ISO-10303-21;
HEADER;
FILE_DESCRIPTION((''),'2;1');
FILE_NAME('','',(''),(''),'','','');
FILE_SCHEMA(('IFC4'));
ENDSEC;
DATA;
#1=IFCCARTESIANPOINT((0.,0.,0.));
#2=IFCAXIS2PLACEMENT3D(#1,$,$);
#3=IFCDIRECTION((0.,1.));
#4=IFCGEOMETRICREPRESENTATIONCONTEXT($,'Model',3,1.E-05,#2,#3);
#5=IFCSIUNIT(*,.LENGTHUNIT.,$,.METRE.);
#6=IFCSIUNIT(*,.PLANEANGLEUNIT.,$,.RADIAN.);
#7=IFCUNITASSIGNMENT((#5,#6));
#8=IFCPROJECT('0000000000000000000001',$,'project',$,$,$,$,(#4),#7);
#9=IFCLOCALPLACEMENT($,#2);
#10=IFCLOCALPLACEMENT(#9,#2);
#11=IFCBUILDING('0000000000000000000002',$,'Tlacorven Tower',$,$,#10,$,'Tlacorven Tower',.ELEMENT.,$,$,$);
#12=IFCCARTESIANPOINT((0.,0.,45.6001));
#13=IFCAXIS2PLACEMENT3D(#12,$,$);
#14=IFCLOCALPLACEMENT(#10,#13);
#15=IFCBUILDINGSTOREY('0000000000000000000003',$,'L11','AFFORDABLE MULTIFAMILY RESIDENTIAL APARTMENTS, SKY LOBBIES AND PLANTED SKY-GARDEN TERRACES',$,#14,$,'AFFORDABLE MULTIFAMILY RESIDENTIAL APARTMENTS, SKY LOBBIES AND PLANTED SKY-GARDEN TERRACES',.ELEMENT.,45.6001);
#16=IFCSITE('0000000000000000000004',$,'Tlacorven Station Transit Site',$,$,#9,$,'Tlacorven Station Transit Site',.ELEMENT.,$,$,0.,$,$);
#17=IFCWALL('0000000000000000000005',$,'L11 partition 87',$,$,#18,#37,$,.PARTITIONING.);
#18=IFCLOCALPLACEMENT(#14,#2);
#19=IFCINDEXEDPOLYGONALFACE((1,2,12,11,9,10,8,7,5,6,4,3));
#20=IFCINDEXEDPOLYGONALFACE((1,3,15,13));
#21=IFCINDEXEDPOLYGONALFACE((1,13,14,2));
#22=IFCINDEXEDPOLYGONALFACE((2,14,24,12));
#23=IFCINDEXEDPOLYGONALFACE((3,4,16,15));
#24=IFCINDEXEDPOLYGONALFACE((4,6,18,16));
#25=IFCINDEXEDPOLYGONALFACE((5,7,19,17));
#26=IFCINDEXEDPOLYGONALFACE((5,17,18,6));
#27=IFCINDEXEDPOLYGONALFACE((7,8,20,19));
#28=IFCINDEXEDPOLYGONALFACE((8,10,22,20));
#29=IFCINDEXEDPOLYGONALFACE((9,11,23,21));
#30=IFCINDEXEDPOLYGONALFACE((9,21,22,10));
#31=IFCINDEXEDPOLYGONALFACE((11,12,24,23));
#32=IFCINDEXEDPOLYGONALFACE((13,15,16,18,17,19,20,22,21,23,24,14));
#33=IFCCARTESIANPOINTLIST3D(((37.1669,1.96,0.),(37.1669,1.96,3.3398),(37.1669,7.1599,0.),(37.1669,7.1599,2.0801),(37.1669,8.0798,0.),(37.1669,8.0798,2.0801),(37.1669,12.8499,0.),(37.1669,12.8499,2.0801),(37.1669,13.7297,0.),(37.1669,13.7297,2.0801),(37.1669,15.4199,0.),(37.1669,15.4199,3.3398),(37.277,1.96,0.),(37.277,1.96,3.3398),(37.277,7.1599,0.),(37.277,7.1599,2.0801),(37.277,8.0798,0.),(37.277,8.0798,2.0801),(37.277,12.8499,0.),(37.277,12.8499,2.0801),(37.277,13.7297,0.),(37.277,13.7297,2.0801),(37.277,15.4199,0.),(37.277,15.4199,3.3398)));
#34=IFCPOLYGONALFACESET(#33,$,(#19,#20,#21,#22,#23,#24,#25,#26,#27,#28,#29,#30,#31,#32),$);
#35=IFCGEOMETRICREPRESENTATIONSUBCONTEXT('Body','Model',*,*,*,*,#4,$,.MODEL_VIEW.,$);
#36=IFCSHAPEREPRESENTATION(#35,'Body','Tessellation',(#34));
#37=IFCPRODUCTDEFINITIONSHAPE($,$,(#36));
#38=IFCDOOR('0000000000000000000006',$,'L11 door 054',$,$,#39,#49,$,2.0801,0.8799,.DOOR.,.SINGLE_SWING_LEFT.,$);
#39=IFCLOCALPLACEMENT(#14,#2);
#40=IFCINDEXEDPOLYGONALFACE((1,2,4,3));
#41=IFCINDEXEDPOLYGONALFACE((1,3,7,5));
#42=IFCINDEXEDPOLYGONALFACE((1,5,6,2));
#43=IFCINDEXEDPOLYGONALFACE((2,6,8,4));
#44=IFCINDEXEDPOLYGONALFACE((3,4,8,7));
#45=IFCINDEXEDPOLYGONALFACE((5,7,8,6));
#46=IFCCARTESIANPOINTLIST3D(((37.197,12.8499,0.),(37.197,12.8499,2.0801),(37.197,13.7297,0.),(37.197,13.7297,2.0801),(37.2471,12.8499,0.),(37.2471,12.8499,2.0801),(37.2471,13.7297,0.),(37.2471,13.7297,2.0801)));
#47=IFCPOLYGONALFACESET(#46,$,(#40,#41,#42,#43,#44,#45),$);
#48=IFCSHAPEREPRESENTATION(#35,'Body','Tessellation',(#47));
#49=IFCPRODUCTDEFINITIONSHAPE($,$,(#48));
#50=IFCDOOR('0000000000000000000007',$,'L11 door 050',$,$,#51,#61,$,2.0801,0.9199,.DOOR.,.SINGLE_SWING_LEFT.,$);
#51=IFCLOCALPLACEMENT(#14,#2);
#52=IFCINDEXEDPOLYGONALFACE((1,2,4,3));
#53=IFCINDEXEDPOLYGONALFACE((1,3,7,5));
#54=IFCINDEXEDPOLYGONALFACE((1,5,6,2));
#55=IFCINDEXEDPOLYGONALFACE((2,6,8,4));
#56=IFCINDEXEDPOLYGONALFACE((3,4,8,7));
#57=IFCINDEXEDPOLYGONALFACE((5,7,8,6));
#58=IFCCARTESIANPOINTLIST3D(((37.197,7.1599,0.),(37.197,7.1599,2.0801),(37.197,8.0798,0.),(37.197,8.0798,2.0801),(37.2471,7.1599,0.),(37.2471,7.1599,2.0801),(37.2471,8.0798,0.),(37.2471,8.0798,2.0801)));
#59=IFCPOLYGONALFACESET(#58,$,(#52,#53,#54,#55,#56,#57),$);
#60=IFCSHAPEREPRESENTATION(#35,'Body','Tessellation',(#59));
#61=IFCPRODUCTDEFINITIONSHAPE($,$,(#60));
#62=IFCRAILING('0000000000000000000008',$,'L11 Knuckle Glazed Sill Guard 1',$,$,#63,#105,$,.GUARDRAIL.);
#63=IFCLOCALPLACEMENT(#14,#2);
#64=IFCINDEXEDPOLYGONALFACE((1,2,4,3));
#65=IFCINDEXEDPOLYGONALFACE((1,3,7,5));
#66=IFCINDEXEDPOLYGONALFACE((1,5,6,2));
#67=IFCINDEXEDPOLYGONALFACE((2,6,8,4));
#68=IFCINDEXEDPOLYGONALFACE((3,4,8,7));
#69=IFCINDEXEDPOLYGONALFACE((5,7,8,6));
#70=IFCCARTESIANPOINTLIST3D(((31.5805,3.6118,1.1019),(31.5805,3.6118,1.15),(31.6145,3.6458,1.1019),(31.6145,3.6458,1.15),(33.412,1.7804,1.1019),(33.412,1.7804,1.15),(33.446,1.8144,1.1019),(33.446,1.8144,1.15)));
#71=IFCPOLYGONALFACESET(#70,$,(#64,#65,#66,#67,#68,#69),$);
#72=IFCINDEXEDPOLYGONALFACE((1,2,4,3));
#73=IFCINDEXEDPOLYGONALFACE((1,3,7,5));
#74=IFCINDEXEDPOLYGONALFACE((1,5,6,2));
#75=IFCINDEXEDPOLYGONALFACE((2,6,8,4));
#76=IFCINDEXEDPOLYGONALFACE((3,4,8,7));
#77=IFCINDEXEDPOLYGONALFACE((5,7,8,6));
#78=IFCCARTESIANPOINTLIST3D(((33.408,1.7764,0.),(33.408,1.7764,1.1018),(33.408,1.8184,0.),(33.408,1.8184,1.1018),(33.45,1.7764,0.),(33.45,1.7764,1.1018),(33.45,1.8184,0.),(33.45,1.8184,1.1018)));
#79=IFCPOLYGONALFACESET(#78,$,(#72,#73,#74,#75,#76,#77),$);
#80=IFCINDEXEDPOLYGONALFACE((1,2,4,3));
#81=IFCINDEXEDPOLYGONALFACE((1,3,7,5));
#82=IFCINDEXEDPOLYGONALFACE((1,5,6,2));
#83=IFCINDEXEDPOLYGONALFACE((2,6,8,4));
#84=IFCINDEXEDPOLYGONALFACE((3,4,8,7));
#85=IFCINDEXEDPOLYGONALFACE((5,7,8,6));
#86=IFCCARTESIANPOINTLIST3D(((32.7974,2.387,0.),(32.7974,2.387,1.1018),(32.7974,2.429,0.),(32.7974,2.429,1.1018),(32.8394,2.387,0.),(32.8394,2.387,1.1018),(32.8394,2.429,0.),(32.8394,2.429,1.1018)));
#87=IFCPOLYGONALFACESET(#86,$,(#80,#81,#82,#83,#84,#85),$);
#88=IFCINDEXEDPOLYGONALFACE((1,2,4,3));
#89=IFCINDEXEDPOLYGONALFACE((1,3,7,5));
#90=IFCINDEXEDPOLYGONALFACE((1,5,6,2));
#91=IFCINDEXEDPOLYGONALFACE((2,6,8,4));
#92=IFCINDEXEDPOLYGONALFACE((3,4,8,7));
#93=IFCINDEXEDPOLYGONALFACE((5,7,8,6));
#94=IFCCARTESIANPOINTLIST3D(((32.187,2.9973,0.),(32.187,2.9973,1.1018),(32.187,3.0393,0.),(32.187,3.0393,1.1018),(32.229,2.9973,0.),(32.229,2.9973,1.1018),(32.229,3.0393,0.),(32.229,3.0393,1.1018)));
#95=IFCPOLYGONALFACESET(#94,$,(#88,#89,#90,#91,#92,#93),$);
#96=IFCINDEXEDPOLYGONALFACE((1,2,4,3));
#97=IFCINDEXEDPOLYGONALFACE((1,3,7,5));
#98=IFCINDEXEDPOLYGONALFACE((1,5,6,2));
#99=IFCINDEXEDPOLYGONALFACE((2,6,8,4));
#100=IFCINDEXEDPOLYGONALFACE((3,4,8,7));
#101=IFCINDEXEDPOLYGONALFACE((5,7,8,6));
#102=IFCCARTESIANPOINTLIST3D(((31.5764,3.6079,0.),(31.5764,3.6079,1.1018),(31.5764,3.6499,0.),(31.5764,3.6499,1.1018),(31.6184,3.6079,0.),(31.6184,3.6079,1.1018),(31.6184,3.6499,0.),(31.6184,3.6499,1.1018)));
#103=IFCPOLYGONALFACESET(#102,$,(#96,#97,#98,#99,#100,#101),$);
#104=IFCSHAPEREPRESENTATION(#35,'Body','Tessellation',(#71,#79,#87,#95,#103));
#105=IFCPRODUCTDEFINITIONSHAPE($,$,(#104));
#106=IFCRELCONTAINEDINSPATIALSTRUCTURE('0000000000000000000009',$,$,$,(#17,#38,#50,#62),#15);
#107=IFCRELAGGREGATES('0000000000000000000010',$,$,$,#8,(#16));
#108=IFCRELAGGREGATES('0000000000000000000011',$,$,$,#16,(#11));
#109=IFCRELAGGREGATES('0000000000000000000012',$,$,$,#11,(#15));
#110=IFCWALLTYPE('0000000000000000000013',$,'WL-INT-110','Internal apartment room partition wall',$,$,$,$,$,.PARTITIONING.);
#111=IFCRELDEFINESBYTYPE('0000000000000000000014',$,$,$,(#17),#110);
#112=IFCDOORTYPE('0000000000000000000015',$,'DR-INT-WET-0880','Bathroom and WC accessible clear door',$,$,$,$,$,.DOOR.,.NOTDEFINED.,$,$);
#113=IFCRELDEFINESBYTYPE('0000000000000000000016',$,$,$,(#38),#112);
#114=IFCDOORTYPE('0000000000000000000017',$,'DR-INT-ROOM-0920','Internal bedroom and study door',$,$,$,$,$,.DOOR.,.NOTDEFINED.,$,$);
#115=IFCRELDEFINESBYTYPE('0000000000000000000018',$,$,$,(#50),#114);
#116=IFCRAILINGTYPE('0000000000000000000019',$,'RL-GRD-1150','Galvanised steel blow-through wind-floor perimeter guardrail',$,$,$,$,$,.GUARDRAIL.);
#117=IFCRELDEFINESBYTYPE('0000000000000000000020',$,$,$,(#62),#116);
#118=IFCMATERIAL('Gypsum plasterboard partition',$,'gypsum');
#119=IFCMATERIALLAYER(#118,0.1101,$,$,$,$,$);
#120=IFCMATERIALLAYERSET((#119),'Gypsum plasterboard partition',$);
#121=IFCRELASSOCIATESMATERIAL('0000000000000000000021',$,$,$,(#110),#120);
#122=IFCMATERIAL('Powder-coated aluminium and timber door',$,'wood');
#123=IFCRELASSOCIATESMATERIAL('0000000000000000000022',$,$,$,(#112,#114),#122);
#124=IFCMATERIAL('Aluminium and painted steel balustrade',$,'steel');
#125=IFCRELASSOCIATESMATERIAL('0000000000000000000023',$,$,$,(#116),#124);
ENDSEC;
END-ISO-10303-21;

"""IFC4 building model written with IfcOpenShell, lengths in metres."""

from ifc_helpers import new_model, si_unit, direction, frame, frame_2d, origin, origin_2d, place, context, subcontext, project, spatial, rectangle, extrude, source, transform, mapped, material, layer, layer_set, type_object, element, fill, save


model = new_model("IFC4")

# Units and contexts
model_context = context("Model", 3, precision=1e-05, world=origin(), true_north=direction((0.0, 1.0)))
body_context = subcontext(model_context, "Body", "Model", "MODEL_VIEW")
ifc_project = project(units=[si_unit("LENGTHUNIT", "METRE"), si_unit("PLANEANGLEUNIT", "RADIAN")], contexts=[model_context])

# Site, building, storey
site_placement = place(None, origin())
site = spatial("IfcSite", under=ifc_project, at=site_placement, Name="Tlacorven Station Transit Site", LongName="Tlacorven Station Transit Site", CompositionType="ELEMENT", RefElevation=0.0)
building_placement = place(site_placement, origin())
building = spatial("IfcBuilding", under=site, at=building_placement, Name="Tlacorven Tower", LongName="Tlacorven Tower", CompositionType="ELEMENT")
storey_placement = place(building_placement, frame((0.0, 0.0, 45.6001)))
storey = spatial("IfcBuildingStorey", under=building, at=storey_placement, Name="L11", Description="AFFORDABLE MULTIFAMILY RESIDENTIAL APARTMENTS, SKY LOBBIES AND PLANTED SKY-GARDEN TERRACES", LongName="AFFORDABLE MULTIFAMILY RESIDENTIAL APARTMENTS, SKY LOBBIES AND PLANTED SKY-GARDEN TERRACES", CompositionType="ELEMENT", Elevation=45.6001)

# Wall, openings, doors
ifc_material_1 = material(Name="Gypsum plasterboard partition", Category="gypsum")
ifc_layer_1 = layer(ifc_material_1, 0.1101)
ifc_layer_set_1 = layer_set([ifc_layer_1], Name="Gypsum plasterboard partition")
wall_type_1 = type_object("IfcWallType", Name="WL-INT-110", Description="Internal apartment room partition wall", PredefinedType="PARTITIONING", material=ifc_layer_set_1)
wall_1_placement = place(storey_placement, frame((37.2219, 1.96, 0.0), z_axis=(0.0, 0.0, 1.0), x_axis=(0.0, 1.0, 0.0)))
wall_1 = element("IfcWall", 1, at=wall_1_placement, inside=storey, type_object=wall_type_1, Name="L11 partition 87", PredefinedType="PARTITIONING", context=body_context, shape_type="SweptSolid", body=[
    extrude(rectangle(XDim=13.46, YDim=0.1101, at=frame_2d((6.73, 0.0))), origin(), (0.0, 0.0, 1.0), 3.3398),
])
opening_1_placement = place(wall_1_placement, frame((5.2, 0.0, 0.0)))
opening_1 = element("IfcOpeningElement", 2, at=opening_1_placement, cuts=wall_1, PredefinedType="OPENING", context=body_context, shape_type="SweptSolid", body=[
    extrude(rectangle(XDim=0.9199, YDim=2.0801, at=frame_2d((0.46, 1.04))), frame((0.0, 0.0649, 0.0), z_axis=(0.0, -1.0, 0.0), x_axis=(1.0, 0.0, 0.0)), (0.0, 0.0, 1.0), 0.1301),
])
opening_2_placement = place(wall_1_placement, frame((10.8899, 0.0, 0.0)))
opening_2 = element("IfcOpeningElement", 3, at=opening_2_placement, cuts=wall_1, PredefinedType="OPENING", context=body_context, shape_type="SweptSolid", body=[
    extrude(rectangle(XDim=0.8799, YDim=2.0801, at=frame_2d((0.4399, 1.04))), frame((0.0, 0.0649, 0.0), z_axis=(0.0, -1.0, 0.0), x_axis=(1.0, 0.0, 0.0)), (0.0, 0.0, 1.0), 0.1301),
])
ifc_material_2 = material(Name="Powder-coated aluminium and timber door", Category="wood")
door_type_1 = type_object("IfcDoorType", Name="DR-INT-WET-0880", Description="Bathroom and WC accessible clear door", OperationType="NOTDEFINED", PredefinedType="DOOR", material=ifc_material_2)
shared_shape_1 = source(origin(), body_context, "Body", "SweptSolid", [
    extrude(rectangle(XDim=0.8799, YDim=2.0801, at=frame_2d((0.4399, 1.04))), frame((0.0, 0.0249, 0.0), z_axis=(0.0, -1.0, 0.0), x_axis=(1.0, 0.0, 0.0)), (0.0, 0.0, 1.0), 0.05),
])
door_1_placement = place(opening_2_placement, origin())
door_1 = element("IfcDoor", 4, at=door_1_placement, inside=storey, type_object=door_type_1, Name="L11 door 054", OperationType="SINGLE_SWING_LEFT", OverallHeight=2.0801, OverallWidth=0.8799, PredefinedType="DOOR", context=body_context, shape_type="MappedRepresentation", body=[
    mapped(shared_shape_1, transform((0.0, 0.0, 0.0), scale=1.0)),
])
fill(opening_2, door_1)
door_type_2 = type_object("IfcDoorType", Name="DR-INT-ROOM-0920", Description="Internal bedroom and study door", OperationType="NOTDEFINED", PredefinedType="DOOR", material=ifc_material_2)
shared_shape_2 = source(origin(), body_context, "Body", "SweptSolid", [
    extrude(rectangle(XDim=0.9199, YDim=2.0801, at=frame_2d((0.46, 1.04))), frame((0.0, 0.0249, 0.0), z_axis=(0.0, -1.0, 0.0), x_axis=(1.0, 0.0, 0.0)), (0.0, 0.0, 1.0), 0.05),
])
door_2_placement = place(opening_1_placement, origin())
door_2 = element("IfcDoor", 5, at=door_2_placement, inside=storey, type_object=door_type_2, Name="L11 door 050", OperationType="SINGLE_SWING_LEFT", OverallHeight=2.0801, OverallWidth=0.9199, PredefinedType="DOOR", context=body_context, shape_type="MappedRepresentation", body=[
    mapped(shared_shape_2, transform((0.0, 0.0, 0.0), scale=1.0)),
])
fill(opening_1, door_2)

# Railing
ifc_material_3 = material(Name="Aluminium and painted steel balustrade", Category="steel")
railing_type = type_object("IfcRailingType", Name="RL-GRD-1150", Description="Galvanised steel blow-through wind-floor perimeter guardrail", PredefinedType="GUARDRAIL", material=ifc_material_3)
shared_shape_3 = source(origin(), body_context, "Body", "SweptSolid", [
    extrude(rectangle(XDim=0.0481, YDim=0.0481, at=origin_2d()), frame((0.0, 0.0, 1.126), z_axis=(-0.707107, 0.707107, 0.0), x_axis=(-0.707107, -0.707107, 0.0)), (0.0, 0.0, 1.0), 2.5901),
    extrude(rectangle(XDim=0.042, YDim=0.042, at=origin_2d()), origin(), (0.0, 0.0, 1.0), 1.1018),
    extrude(rectangle(XDim=0.042, YDim=0.042, at=origin_2d()), frame((-0.6106, 0.6106, 0.0)), (0.0, 0.0, 1.0), 1.1018),
    extrude(rectangle(XDim=0.042, YDim=0.042, at=origin_2d()), frame((-1.2209, 1.2209, 0.0)), (0.0, 0.0, 1.0), 1.1018),
    extrude(rectangle(XDim=0.042, YDim=0.042, at=origin_2d()), frame((-1.8315, 1.8315, 0.0)), (0.0, 0.0, 1.0), 1.1018),
])
railing_placement = place(storey_placement, frame((33.429, 1.7974, 0.0)))
element("IfcRailing", 6, at=railing_placement, inside=storey, type_object=railing_type, Name="L11 Knuckle Glazed Sill Guard 1", PredefinedType="GUARDRAIL", context=body_context, shape_type="MappedRepresentation", body=[
    mapped(shared_shape_3, transform((0.0, 0.0, 0.0), scale=1.0)),
])

save(model, "model.ifc")
